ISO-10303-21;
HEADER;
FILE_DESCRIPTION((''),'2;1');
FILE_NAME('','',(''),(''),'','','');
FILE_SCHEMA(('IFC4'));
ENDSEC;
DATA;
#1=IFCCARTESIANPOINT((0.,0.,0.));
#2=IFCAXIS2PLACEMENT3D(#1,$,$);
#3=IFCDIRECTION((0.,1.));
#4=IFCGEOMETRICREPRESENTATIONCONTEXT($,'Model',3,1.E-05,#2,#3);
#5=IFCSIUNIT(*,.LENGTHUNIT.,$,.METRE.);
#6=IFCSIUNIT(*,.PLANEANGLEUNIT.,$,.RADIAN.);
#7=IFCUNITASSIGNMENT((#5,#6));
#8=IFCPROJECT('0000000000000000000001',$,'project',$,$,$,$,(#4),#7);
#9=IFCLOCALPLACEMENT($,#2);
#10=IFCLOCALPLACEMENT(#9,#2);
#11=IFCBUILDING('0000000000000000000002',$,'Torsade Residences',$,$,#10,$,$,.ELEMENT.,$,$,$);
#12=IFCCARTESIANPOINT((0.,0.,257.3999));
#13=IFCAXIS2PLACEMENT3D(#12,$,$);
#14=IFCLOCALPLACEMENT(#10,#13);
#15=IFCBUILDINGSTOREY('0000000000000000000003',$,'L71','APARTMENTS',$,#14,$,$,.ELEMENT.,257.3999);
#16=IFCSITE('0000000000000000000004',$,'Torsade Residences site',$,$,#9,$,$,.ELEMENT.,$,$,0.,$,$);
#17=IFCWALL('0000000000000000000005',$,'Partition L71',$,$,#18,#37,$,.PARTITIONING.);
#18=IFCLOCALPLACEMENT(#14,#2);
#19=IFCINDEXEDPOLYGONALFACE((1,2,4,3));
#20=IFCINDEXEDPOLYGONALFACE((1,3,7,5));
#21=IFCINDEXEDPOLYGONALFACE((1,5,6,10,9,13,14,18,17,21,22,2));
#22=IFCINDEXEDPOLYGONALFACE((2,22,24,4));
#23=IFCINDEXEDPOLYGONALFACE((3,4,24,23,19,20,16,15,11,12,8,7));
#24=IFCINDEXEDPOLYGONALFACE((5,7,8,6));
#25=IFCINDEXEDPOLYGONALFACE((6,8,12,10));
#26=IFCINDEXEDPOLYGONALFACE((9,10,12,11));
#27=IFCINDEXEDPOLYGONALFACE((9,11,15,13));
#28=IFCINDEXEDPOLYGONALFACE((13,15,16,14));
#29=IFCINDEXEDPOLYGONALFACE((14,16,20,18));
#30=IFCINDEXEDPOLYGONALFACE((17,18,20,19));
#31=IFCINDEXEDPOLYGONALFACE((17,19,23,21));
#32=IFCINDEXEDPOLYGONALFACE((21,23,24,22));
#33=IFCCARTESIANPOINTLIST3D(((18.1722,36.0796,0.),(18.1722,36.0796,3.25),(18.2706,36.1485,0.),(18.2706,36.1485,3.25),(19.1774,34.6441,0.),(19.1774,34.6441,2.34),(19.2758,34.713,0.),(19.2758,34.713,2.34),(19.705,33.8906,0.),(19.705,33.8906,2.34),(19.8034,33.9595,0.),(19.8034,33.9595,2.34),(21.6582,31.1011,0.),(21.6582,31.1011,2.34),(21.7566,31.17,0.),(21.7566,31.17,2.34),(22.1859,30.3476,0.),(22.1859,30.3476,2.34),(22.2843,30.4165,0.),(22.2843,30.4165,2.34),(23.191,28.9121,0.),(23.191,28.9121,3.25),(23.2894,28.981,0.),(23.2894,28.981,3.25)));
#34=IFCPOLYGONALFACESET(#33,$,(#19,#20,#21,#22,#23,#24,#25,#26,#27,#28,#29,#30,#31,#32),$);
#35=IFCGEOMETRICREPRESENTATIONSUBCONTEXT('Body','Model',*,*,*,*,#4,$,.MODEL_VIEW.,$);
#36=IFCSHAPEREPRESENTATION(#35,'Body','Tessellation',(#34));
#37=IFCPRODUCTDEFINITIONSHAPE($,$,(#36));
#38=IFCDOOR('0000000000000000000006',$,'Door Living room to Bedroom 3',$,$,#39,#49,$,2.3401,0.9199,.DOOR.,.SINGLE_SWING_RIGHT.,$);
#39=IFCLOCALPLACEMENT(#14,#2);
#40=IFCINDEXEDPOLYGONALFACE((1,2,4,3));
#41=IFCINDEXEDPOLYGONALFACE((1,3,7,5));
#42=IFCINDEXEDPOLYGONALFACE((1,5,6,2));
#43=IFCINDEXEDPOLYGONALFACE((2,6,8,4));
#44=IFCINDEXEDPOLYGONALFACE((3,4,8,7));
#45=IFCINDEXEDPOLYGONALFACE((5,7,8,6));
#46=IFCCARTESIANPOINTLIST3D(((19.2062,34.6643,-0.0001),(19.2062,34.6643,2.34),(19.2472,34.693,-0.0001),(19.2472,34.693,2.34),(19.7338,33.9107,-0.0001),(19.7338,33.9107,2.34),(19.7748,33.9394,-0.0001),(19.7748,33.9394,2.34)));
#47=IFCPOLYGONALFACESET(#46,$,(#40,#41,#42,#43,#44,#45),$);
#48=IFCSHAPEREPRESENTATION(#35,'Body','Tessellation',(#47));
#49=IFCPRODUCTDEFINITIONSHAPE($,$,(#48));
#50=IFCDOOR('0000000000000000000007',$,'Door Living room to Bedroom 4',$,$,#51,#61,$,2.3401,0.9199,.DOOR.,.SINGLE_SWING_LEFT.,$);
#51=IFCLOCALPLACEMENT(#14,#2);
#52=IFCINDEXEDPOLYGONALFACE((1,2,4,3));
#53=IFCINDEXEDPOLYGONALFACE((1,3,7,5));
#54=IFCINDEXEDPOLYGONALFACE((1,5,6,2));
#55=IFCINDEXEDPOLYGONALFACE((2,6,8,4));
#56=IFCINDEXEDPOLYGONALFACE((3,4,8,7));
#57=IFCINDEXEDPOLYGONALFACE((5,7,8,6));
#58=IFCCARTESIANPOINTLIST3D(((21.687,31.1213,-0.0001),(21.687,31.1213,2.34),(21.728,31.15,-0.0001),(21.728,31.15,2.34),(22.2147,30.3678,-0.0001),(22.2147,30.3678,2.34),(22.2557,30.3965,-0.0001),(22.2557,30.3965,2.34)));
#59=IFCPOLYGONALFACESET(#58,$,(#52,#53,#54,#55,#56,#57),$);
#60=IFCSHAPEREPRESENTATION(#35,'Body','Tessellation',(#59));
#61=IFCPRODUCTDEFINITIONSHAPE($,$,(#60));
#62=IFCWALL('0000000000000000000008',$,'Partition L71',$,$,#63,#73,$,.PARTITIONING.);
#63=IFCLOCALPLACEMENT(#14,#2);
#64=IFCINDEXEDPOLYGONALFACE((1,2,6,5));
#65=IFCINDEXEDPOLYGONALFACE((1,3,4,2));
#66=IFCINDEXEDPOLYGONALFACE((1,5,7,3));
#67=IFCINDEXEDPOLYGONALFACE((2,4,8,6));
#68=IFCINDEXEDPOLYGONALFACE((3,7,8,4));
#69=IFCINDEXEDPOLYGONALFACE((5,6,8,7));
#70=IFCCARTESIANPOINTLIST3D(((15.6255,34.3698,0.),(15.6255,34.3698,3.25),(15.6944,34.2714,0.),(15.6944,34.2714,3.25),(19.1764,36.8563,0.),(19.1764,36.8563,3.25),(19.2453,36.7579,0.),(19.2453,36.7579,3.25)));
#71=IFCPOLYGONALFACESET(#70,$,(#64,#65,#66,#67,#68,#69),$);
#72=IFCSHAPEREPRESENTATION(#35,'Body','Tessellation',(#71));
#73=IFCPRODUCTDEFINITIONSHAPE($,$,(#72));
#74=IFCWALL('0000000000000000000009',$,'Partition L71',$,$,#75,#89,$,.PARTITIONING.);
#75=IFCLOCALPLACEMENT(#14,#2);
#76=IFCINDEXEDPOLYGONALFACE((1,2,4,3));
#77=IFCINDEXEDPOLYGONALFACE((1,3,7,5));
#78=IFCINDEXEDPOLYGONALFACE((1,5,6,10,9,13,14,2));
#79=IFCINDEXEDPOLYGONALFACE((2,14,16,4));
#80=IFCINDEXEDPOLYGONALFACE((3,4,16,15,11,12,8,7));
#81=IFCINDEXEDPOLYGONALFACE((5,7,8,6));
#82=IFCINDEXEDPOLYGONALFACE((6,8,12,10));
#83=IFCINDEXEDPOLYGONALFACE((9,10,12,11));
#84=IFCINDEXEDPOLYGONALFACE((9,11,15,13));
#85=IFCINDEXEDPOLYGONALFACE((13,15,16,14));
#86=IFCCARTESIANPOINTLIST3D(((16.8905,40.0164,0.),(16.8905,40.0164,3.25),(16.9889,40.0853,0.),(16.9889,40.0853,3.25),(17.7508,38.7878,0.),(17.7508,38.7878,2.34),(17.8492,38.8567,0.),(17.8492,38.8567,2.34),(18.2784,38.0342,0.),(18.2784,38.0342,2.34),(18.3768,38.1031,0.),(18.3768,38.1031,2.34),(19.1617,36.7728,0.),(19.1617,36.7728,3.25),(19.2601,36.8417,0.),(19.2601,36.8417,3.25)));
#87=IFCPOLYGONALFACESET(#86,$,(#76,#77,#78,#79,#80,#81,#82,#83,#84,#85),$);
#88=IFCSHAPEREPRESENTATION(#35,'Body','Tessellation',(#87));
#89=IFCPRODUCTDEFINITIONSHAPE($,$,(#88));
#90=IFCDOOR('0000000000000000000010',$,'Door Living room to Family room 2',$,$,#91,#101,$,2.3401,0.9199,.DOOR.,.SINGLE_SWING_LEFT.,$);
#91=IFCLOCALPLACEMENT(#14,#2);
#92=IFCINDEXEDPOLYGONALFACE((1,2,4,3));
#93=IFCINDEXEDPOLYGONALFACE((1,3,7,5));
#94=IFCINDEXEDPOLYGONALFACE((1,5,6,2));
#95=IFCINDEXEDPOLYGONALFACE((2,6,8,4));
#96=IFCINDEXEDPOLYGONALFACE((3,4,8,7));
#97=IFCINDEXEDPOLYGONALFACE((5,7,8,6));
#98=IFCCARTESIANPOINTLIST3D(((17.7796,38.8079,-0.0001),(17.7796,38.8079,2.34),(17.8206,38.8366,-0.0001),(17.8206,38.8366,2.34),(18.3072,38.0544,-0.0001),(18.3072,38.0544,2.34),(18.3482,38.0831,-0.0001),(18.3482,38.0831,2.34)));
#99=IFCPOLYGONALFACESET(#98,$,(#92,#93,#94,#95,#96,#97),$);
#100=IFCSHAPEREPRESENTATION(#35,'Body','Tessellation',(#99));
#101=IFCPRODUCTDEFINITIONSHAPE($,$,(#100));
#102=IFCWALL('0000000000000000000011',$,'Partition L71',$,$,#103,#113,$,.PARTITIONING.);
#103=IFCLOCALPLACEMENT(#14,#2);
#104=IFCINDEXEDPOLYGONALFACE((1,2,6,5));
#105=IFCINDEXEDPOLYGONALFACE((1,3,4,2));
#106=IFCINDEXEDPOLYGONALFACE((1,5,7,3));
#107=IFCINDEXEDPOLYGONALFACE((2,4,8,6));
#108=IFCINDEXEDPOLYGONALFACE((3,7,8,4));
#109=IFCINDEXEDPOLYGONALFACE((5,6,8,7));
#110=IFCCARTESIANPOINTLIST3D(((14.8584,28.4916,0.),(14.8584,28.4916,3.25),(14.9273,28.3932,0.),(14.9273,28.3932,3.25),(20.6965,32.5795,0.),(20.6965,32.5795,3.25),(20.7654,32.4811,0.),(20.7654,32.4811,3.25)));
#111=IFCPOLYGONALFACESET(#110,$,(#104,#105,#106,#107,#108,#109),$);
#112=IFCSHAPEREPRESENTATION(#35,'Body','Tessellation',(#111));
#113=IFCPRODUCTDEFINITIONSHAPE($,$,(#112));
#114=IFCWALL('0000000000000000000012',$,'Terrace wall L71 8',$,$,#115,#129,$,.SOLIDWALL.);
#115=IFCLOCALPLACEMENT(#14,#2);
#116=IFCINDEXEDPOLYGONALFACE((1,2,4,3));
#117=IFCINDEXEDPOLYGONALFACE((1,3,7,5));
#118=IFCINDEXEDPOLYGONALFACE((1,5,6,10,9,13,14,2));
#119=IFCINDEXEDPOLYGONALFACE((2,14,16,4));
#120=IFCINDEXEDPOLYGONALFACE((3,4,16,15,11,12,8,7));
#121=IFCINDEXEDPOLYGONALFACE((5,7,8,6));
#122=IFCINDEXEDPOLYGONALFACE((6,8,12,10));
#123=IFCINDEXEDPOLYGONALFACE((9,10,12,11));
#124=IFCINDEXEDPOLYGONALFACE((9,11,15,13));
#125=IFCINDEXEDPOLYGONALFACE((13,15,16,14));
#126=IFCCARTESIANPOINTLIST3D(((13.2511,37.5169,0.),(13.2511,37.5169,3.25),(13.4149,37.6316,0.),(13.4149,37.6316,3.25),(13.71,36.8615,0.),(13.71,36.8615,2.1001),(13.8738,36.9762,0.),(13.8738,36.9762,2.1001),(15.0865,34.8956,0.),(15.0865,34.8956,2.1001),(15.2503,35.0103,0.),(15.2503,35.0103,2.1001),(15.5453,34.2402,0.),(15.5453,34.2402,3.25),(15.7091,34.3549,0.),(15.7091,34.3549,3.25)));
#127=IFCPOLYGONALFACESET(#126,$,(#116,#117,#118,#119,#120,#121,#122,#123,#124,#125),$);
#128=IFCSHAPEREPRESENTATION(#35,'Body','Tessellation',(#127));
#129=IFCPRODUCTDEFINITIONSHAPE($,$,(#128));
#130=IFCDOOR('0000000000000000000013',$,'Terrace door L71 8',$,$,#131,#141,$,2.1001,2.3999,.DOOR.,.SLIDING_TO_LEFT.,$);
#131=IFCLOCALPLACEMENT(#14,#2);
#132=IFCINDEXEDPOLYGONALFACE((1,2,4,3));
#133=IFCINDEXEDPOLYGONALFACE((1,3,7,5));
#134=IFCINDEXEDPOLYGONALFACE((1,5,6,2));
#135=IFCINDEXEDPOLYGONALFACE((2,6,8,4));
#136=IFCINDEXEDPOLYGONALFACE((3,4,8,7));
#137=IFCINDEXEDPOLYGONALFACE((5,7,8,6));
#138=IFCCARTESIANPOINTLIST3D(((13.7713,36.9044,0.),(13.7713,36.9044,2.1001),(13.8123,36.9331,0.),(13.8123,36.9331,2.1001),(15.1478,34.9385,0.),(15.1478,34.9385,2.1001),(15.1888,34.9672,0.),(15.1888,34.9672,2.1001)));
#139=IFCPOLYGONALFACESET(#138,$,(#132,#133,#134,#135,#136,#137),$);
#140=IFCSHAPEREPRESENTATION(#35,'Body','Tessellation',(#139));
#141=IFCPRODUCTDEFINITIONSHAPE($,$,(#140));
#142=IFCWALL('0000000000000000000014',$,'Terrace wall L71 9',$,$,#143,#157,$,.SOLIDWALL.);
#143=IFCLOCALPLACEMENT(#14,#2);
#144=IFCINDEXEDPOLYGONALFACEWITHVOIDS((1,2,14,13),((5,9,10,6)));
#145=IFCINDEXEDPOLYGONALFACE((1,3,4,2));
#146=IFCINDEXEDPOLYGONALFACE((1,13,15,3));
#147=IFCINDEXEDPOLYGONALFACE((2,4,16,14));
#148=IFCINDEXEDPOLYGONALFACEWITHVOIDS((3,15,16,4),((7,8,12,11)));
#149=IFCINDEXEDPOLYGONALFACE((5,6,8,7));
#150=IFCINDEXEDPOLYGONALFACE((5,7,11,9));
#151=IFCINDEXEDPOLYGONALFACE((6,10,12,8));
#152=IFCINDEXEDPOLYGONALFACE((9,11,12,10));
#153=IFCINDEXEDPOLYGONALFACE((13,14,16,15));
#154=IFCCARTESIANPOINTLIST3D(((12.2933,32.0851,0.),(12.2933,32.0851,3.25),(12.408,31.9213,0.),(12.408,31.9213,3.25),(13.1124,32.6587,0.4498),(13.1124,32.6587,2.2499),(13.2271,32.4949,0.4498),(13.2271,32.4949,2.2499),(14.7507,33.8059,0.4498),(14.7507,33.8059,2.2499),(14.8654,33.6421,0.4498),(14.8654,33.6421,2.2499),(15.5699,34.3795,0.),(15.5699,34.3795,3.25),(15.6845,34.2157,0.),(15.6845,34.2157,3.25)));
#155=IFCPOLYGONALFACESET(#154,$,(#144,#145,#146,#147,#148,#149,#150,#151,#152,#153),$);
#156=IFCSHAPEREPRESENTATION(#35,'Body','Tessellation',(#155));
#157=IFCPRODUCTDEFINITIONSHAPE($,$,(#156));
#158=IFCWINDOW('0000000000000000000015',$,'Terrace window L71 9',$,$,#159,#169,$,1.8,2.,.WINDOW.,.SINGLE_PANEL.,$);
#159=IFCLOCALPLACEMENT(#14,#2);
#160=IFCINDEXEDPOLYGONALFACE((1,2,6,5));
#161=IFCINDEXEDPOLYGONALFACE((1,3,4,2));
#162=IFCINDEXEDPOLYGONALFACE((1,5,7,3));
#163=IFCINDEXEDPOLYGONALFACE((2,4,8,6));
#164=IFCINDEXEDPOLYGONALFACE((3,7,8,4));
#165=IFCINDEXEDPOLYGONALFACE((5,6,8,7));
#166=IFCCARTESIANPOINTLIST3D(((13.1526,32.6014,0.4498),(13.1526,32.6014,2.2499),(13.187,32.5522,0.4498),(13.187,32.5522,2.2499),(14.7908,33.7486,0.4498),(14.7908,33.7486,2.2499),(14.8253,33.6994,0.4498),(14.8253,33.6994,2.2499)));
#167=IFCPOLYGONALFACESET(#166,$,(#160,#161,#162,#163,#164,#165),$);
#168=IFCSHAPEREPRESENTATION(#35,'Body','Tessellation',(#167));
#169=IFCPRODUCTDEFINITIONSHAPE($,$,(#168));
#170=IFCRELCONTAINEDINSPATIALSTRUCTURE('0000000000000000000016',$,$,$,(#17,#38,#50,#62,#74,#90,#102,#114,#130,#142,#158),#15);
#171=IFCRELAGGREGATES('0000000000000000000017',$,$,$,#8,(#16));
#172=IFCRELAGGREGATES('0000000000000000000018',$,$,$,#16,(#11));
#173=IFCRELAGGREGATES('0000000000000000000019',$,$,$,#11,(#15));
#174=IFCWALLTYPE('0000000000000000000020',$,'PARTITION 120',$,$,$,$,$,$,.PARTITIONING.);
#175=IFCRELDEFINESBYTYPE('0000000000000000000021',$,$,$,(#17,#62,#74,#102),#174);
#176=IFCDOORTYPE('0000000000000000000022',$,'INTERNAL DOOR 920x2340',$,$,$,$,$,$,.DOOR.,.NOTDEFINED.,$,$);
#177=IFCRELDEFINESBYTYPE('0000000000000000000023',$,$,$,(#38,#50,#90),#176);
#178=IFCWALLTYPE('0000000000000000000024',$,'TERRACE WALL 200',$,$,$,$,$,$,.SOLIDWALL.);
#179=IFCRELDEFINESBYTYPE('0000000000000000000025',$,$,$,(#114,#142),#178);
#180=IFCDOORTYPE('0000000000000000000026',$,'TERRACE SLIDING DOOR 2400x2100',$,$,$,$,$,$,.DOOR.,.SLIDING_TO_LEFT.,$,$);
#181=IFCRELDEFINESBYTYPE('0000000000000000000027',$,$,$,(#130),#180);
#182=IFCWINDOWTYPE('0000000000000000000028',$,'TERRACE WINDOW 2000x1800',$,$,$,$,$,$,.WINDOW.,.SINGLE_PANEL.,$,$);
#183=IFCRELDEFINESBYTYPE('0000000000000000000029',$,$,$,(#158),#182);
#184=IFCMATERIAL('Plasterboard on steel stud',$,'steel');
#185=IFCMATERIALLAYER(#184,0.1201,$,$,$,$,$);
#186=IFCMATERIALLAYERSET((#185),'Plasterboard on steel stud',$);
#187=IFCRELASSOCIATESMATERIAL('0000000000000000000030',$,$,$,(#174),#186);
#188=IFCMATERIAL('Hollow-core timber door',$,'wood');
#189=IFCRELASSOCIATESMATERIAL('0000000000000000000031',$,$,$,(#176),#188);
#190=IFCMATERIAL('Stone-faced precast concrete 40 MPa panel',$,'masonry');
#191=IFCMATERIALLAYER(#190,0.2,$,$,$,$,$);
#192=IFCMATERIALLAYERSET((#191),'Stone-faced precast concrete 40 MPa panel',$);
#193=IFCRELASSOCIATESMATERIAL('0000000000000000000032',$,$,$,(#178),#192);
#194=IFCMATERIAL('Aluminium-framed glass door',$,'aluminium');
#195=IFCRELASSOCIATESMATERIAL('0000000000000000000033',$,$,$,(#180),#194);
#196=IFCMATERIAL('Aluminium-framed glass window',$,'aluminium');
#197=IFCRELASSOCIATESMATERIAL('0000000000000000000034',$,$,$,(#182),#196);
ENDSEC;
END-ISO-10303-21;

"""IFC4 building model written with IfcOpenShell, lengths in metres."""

from ifc_helpers import new_model, si_unit, direction, frame, frame_2d, origin, place, context, subcontext, project, spatial, rectangle, extrude, material, layer, layer_set, type_object, element, fill, save


model = new_model("IFC4")

# Units and contexts
model_context = context("Model", 3, precision=1e-05, world=origin(), true_north=direction((0.0, 1.0)))
body_context = subcontext(model_context, "Body", "Model", "MODEL_VIEW")
ifc_project = project(units=[si_unit("LENGTHUNIT", "METRE"), si_unit("PLANEANGLEUNIT", "RADIAN")], contexts=[model_context])

# Site, building, storey
site_placement = place(None, origin())
site = spatial("IfcSite", under=ifc_project, at=site_placement, Name="Torsade Residences site", CompositionType="ELEMENT", RefElevation=0.0)
building_placement = place(site_placement, origin())
building = spatial("IfcBuilding", under=site, at=building_placement, Name="Torsade Residences", CompositionType="ELEMENT")
storey_placement = place(building_placement, frame((0.0, 0.0, 257.3999)))
storey = spatial("IfcBuildingStorey", under=building, at=storey_placement, Name="L71", Description="APARTMENTS", CompositionType="ELEMENT", Elevation=257.3999)

# Wall, openings, doors
ifc_material_1 = material(Name="Plasterboard on steel stud", Category="steel")
ifc_layer_1 = layer(ifc_material_1, 0.1201)
ifc_layer_set_1 = layer_set([ifc_layer_1], Name="Plasterboard on steel stud")
wall_type_1 = type_object("IfcWallType", Name="PARTITION 120", PredefinedType="PARTITIONING", material=ifc_layer_set_1)
wall_1_placement = place(storey_placement, frame((23.2402, 28.9465, 0.0), z_axis=(0.0, 0.0, 1.0), x_axis=(-0.573582, 0.819148, 0.0)))
wall_1 = element("IfcWall", 1, at=wall_1_placement, inside=storey, type_object=wall_type_1, Name="Partition L71", PredefinedType="PARTITIONING", context=body_context, shape_type="SweptSolid", body=[
    extrude(rectangle(XDim=8.75, YDim=0.1201, at=frame_2d((4.375, 0.0))), origin(), (0.0, 0.0, 1.0), 3.25),
])
opening_1_placement = place(wall_1_placement, frame((6.0776, 0.0, 0.0)))
opening_1 = element("IfcOpeningElement", 2, at=opening_1_placement, cuts=wall_1, PredefinedType="OPENING", context=body_context, shape_type="SweptSolid", body=[
    extrude(rectangle(XDim=0.9199, YDim=2.3401, at=frame_2d((0.46, 1.1699))), frame((0.0, 0.0701, 0.0), z_axis=(0.0, -1.0, 0.0), x_axis=(1.0, 0.0, 0.0)), (0.0, 0.0, 1.0), 0.1401),
])
opening_2_placement = place(wall_1_placement, frame((1.7524, 0.0, 0.0)))
opening_2 = element("IfcOpeningElement", 3, at=opening_2_placement, cuts=wall_1, PredefinedType="OPENING", context=body_context, shape_type="SweptSolid", body=[
    extrude(rectangle(XDim=0.9199, YDim=2.3401, at=frame_2d((0.46, 1.1699))), frame((0.0, 0.0701, 0.0), z_axis=(0.0, -1.0, 0.0), x_axis=(1.0, 0.0, 0.0)), (0.0, 0.0, 1.0), 0.1401),
])
ifc_material_2 = material(Name="Hollow-core timber door", Category="wood")
door_type_1 = type_object("IfcDoorType", Name="INTERNAL DOOR 920x2340", OperationType="NOTDEFINED", PredefinedType="DOOR", material=ifc_material_2)
door_1_placement = place(opening_1_placement, origin())
door_1 = element("IfcDoor", 4, at=door_1_placement, inside=storey, type_object=door_type_1, Name="Door Living room to Bedroom 3", OperationType="SINGLE_SWING_RIGHT", OverallHeight=2.3401, OverallWidth=0.9199, PredefinedType="DOOR", context=body_context, shape_type="SweptSolid", body=[
    extrude(rectangle(XDim=0.9199, YDim=2.3401, at=frame_2d((0.46, 1.1699))), frame((0.0, 0.0249, 0.0), z_axis=(0.0, -1.0, 0.0), x_axis=(1.0, 0.0, 0.0)), (0.0, 0.0, 1.0), 0.05),
])
fill(opening_1, door_1)
door_2_placement = place(opening_2_placement, origin())
door_2 = element("IfcDoor", 5, at=door_2_placement, inside=storey, type_object=door_type_1, Name="Door Living room to Bedroom 4", OperationType="SINGLE_SWING_LEFT", OverallHeight=2.3401, OverallWidth=0.9199, PredefinedType="DOOR", context=body_context, shape_type="SweptSolid", body=[
    extrude(rectangle(XDim=0.9199, YDim=2.3401, at=frame_2d((0.46, 1.1699))), frame((0.0, 0.0249, 0.0), z_axis=(0.0, -1.0, 0.0), x_axis=(1.0, 0.0, 0.0)), (0.0, 0.0, 1.0), 0.05),
])
fill(opening_2, door_2)

# Wall
wall_2_placement = place(storey_placement, frame((15.6599, 34.3206, 0.0), z_axis=(0.0, 0.0, 1.0), x_axis=(0.819139, 0.573595, 0.0)))
element("IfcWall", 6, at=wall_2_placement, inside=storey, type_object=wall_type_1, Name="Partition L71", PredefinedType="PARTITIONING", context=body_context, shape_type="SweptSolid", body=[
    extrude(rectangle(XDim=4.335, YDim=0.1201, at=frame_2d((2.1675, 0.0))), origin(), (0.0, 0.0, 1.0), 3.25),
])

# Wall, opening, door
wall_3_placement = place(storey_placement, frame((19.2109, 36.8071, 0.0), z_axis=(0.0, 0.0, 1.0), x_axis=(-0.573578, 0.819151, 0.0)))
wall_3 = element("IfcWall", 7, at=wall_3_placement, inside=storey, type_object=wall_type_1, Name="Partition L71", PredefinedType="PARTITIONING", context=body_context, shape_type="SweptSolid", body=[
    extrude(rectangle(XDim=3.9597, YDim=0.1201, at=frame_2d((1.98, 0.0))), origin(), (0.0, 0.0, 1.0), 3.25),
])
opening_3_placement = place(wall_3_placement, frame((1.54, 0.0, 0.0)))
opening_3 = element("IfcOpeningElement", 8, at=opening_3_placement, cuts=wall_3, PredefinedType="OPENING", context=body_context, shape_type="SweptSolid", body=[
    extrude(rectangle(XDim=0.9199, YDim=2.3401, at=frame_2d((0.46, 1.1699))), frame((0.0, 0.0701, 0.0), z_axis=(0.0, -1.0, 0.0), x_axis=(1.0, 0.0, 0.0)), (0.0, 0.0, 1.0), 0.1401),
])
door_3_placement = place(opening_3_placement, origin())
door_3 = element("IfcDoor", 9, at=door_3_placement, inside=storey, type_object=door_type_1, Name="Door Living room to Family room 2", OperationType="SINGLE_SWING_LEFT", OverallHeight=2.3401, OverallWidth=0.9199, PredefinedType="DOOR", context=body_context, shape_type="SweptSolid", body=[
    extrude(rectangle(XDim=0.9199, YDim=2.3401, at=frame_2d((0.46, 1.1699))), frame((0.0, 0.0249, 0.0), z_axis=(0.0, -1.0, 0.0), x_axis=(1.0, 0.0, 0.0)), (0.0, 0.0, 1.0), 0.05),
])
fill(opening_3, door_3)

# Wall
wall_4_placement = place(storey_placement, frame((20.731, 32.5303, 0.0), z_axis=(0.0, 0.0, 1.0), x_axis=(-0.819153, -0.573575, 0.0)))
element("IfcWall", 10, at=wall_4_placement, inside=storey, type_object=wall_type_1, Name="Partition L71", PredefinedType="PARTITIONING", context=body_context, shape_type="SweptSolid", body=[
    extrude(rectangle(XDim=7.127, YDim=0.1201, at=frame_2d((3.5635, 0.0))), origin(), (0.0, 0.0, 1.0), 3.25),
])

# Wall, opening, door
ifc_material_3 = material(Name="Stone-faced precast concrete 40 MPa panel", Category="masonry")
ifc_layer_2 = layer(ifc_material_3, 0.2)
ifc_layer_set_2 = layer_set([ifc_layer_2], Name="Stone-faced precast concrete 40 MPa panel")
wall_type_2 = type_object("IfcWallType", Name="TERRACE WALL 200", PredefinedType="SOLIDWALL", material=ifc_layer_set_2)
wall_5_placement = place(storey_placement, frame((13.333, 37.5742, 0.0), z_axis=(0.0, 0.0, 1.0), x_axis=(0.573557, -0.819166, 0.0)))
wall_5 = element("IfcWall", 11, at=wall_5_placement, inside=storey, type_object=wall_type_2, Name="Terrace wall L71 8", PredefinedType="SOLIDWALL", context=body_context, shape_type="SweptSolid", body=[
    extrude(rectangle(XDim=4.0, YDim=0.2, at=frame_2d((2.0, 0.0))), origin(), (0.0, 0.0, 1.0), 3.25),
])
opening_4_placement = place(wall_5_placement, frame((0.8, 0.0, 0.0)))
opening_4 = element("IfcOpeningElement", 12, at=opening_4_placement, cuts=wall_5, PredefinedType="OPENING", context=body_context, shape_type="SweptSolid", body=[
    extrude(rectangle(XDim=2.3999, YDim=2.1001, at=frame_2d((1.2, 1.05))), frame((0.0, 0.1099, 0.0), z_axis=(0.0, -1.0, 0.0), x_axis=(1.0, 0.0, 0.0)), (0.0, 0.0, 1.0), 0.22),
])
ifc_material_4 = material(Name="Aluminium-framed glass door", Category="aluminium")
door_type_2 = type_object("IfcDoorType", Name="TERRACE SLIDING DOOR 2400x2100", OperationType="SLIDING_TO_LEFT", PredefinedType="DOOR", material=ifc_material_4)
door_4_placement = place(opening_4_placement, origin())
door_4 = element("IfcDoor", 13, at=door_4_placement, inside=storey, type_object=door_type_2, Name="Terrace door L71 8", OperationType="SLIDING_TO_LEFT", OverallHeight=2.1001, OverallWidth=2.3999, PredefinedType="DOOR", context=body_context, shape_type="SweptSolid", body=[
    extrude(rectangle(XDim=2.3999, YDim=2.1001, at=frame_2d((1.2, 1.05))), frame((0.0, 0.0249, 0.0), z_axis=(0.0, -1.0, 0.0), x_axis=(1.0, 0.0, 0.0)), (0.0, 0.0, 1.0), 0.05),
])
fill(opening_4, door_4)

# Wall, opening, window
wall_6_placement = place(storey_placement, frame((15.6272, 34.2976, 0.0), z_axis=(0.0, 0.0, 1.0), x_axis=(-0.819137, -0.573598, 0.0)))
wall_6 = element("IfcWall", 14, at=wall_6_placement, inside=storey, type_object=wall_type_2, Name="Terrace wall L71 9", PredefinedType="SOLIDWALL", context=body_context, shape_type="SweptSolid", body=[
    extrude(rectangle(XDim=4.0, YDim=0.2, at=frame_2d((2.0, 0.0))), origin(), (0.0, 0.0, 1.0), 3.25),
])
opening_5_placement = place(wall_6_placement, frame((1.0, 0.0, 0.45)))
opening_5 = element("IfcOpeningElement", 15, at=opening_5_placement, cuts=wall_6, PredefinedType="OPENING", context=body_context, shape_type="SweptSolid", body=[
    extrude(rectangle(XDim=2.0, YDim=1.8, at=frame_2d((1.0, 0.8999))), frame((0.0, 0.1099, 0.0), z_axis=(0.0, -1.0, 0.0), x_axis=(1.0, 0.0, 0.0)), (0.0, 0.0, 1.0), 0.22),
])
ifc_material_5 = material(Name="Aluminium-framed glass window", Category="aluminium")
window_type = type_object("IfcWindowType", Name="TERRACE WINDOW 2000x1800", PartitioningType="SINGLE_PANEL", PredefinedType="WINDOW", material=ifc_material_5)
window_placement = place(opening_5_placement, origin())
window = element("IfcWindow", 16, at=window_placement, inside=storey, type_object=window_type, Name="Terrace window L71 9", OverallHeight=1.8, OverallWidth=2.0, PartitioningType="SINGLE_PANEL", PredefinedType="WINDOW", context=body_context, shape_type="SweptSolid", body=[
    extrude(rectangle(XDim=2.0, YDim=1.8, at=frame_2d((1.0, 0.8999))), frame((0.0, 0.03, 0.0), z_axis=(0.0, -1.0, 0.0), x_axis=(1.0, 0.0, 0.0)), (0.0, 0.0, 1.0), 0.0601),
])
fill(opening_5, window)

save(model, "model.ifc")
